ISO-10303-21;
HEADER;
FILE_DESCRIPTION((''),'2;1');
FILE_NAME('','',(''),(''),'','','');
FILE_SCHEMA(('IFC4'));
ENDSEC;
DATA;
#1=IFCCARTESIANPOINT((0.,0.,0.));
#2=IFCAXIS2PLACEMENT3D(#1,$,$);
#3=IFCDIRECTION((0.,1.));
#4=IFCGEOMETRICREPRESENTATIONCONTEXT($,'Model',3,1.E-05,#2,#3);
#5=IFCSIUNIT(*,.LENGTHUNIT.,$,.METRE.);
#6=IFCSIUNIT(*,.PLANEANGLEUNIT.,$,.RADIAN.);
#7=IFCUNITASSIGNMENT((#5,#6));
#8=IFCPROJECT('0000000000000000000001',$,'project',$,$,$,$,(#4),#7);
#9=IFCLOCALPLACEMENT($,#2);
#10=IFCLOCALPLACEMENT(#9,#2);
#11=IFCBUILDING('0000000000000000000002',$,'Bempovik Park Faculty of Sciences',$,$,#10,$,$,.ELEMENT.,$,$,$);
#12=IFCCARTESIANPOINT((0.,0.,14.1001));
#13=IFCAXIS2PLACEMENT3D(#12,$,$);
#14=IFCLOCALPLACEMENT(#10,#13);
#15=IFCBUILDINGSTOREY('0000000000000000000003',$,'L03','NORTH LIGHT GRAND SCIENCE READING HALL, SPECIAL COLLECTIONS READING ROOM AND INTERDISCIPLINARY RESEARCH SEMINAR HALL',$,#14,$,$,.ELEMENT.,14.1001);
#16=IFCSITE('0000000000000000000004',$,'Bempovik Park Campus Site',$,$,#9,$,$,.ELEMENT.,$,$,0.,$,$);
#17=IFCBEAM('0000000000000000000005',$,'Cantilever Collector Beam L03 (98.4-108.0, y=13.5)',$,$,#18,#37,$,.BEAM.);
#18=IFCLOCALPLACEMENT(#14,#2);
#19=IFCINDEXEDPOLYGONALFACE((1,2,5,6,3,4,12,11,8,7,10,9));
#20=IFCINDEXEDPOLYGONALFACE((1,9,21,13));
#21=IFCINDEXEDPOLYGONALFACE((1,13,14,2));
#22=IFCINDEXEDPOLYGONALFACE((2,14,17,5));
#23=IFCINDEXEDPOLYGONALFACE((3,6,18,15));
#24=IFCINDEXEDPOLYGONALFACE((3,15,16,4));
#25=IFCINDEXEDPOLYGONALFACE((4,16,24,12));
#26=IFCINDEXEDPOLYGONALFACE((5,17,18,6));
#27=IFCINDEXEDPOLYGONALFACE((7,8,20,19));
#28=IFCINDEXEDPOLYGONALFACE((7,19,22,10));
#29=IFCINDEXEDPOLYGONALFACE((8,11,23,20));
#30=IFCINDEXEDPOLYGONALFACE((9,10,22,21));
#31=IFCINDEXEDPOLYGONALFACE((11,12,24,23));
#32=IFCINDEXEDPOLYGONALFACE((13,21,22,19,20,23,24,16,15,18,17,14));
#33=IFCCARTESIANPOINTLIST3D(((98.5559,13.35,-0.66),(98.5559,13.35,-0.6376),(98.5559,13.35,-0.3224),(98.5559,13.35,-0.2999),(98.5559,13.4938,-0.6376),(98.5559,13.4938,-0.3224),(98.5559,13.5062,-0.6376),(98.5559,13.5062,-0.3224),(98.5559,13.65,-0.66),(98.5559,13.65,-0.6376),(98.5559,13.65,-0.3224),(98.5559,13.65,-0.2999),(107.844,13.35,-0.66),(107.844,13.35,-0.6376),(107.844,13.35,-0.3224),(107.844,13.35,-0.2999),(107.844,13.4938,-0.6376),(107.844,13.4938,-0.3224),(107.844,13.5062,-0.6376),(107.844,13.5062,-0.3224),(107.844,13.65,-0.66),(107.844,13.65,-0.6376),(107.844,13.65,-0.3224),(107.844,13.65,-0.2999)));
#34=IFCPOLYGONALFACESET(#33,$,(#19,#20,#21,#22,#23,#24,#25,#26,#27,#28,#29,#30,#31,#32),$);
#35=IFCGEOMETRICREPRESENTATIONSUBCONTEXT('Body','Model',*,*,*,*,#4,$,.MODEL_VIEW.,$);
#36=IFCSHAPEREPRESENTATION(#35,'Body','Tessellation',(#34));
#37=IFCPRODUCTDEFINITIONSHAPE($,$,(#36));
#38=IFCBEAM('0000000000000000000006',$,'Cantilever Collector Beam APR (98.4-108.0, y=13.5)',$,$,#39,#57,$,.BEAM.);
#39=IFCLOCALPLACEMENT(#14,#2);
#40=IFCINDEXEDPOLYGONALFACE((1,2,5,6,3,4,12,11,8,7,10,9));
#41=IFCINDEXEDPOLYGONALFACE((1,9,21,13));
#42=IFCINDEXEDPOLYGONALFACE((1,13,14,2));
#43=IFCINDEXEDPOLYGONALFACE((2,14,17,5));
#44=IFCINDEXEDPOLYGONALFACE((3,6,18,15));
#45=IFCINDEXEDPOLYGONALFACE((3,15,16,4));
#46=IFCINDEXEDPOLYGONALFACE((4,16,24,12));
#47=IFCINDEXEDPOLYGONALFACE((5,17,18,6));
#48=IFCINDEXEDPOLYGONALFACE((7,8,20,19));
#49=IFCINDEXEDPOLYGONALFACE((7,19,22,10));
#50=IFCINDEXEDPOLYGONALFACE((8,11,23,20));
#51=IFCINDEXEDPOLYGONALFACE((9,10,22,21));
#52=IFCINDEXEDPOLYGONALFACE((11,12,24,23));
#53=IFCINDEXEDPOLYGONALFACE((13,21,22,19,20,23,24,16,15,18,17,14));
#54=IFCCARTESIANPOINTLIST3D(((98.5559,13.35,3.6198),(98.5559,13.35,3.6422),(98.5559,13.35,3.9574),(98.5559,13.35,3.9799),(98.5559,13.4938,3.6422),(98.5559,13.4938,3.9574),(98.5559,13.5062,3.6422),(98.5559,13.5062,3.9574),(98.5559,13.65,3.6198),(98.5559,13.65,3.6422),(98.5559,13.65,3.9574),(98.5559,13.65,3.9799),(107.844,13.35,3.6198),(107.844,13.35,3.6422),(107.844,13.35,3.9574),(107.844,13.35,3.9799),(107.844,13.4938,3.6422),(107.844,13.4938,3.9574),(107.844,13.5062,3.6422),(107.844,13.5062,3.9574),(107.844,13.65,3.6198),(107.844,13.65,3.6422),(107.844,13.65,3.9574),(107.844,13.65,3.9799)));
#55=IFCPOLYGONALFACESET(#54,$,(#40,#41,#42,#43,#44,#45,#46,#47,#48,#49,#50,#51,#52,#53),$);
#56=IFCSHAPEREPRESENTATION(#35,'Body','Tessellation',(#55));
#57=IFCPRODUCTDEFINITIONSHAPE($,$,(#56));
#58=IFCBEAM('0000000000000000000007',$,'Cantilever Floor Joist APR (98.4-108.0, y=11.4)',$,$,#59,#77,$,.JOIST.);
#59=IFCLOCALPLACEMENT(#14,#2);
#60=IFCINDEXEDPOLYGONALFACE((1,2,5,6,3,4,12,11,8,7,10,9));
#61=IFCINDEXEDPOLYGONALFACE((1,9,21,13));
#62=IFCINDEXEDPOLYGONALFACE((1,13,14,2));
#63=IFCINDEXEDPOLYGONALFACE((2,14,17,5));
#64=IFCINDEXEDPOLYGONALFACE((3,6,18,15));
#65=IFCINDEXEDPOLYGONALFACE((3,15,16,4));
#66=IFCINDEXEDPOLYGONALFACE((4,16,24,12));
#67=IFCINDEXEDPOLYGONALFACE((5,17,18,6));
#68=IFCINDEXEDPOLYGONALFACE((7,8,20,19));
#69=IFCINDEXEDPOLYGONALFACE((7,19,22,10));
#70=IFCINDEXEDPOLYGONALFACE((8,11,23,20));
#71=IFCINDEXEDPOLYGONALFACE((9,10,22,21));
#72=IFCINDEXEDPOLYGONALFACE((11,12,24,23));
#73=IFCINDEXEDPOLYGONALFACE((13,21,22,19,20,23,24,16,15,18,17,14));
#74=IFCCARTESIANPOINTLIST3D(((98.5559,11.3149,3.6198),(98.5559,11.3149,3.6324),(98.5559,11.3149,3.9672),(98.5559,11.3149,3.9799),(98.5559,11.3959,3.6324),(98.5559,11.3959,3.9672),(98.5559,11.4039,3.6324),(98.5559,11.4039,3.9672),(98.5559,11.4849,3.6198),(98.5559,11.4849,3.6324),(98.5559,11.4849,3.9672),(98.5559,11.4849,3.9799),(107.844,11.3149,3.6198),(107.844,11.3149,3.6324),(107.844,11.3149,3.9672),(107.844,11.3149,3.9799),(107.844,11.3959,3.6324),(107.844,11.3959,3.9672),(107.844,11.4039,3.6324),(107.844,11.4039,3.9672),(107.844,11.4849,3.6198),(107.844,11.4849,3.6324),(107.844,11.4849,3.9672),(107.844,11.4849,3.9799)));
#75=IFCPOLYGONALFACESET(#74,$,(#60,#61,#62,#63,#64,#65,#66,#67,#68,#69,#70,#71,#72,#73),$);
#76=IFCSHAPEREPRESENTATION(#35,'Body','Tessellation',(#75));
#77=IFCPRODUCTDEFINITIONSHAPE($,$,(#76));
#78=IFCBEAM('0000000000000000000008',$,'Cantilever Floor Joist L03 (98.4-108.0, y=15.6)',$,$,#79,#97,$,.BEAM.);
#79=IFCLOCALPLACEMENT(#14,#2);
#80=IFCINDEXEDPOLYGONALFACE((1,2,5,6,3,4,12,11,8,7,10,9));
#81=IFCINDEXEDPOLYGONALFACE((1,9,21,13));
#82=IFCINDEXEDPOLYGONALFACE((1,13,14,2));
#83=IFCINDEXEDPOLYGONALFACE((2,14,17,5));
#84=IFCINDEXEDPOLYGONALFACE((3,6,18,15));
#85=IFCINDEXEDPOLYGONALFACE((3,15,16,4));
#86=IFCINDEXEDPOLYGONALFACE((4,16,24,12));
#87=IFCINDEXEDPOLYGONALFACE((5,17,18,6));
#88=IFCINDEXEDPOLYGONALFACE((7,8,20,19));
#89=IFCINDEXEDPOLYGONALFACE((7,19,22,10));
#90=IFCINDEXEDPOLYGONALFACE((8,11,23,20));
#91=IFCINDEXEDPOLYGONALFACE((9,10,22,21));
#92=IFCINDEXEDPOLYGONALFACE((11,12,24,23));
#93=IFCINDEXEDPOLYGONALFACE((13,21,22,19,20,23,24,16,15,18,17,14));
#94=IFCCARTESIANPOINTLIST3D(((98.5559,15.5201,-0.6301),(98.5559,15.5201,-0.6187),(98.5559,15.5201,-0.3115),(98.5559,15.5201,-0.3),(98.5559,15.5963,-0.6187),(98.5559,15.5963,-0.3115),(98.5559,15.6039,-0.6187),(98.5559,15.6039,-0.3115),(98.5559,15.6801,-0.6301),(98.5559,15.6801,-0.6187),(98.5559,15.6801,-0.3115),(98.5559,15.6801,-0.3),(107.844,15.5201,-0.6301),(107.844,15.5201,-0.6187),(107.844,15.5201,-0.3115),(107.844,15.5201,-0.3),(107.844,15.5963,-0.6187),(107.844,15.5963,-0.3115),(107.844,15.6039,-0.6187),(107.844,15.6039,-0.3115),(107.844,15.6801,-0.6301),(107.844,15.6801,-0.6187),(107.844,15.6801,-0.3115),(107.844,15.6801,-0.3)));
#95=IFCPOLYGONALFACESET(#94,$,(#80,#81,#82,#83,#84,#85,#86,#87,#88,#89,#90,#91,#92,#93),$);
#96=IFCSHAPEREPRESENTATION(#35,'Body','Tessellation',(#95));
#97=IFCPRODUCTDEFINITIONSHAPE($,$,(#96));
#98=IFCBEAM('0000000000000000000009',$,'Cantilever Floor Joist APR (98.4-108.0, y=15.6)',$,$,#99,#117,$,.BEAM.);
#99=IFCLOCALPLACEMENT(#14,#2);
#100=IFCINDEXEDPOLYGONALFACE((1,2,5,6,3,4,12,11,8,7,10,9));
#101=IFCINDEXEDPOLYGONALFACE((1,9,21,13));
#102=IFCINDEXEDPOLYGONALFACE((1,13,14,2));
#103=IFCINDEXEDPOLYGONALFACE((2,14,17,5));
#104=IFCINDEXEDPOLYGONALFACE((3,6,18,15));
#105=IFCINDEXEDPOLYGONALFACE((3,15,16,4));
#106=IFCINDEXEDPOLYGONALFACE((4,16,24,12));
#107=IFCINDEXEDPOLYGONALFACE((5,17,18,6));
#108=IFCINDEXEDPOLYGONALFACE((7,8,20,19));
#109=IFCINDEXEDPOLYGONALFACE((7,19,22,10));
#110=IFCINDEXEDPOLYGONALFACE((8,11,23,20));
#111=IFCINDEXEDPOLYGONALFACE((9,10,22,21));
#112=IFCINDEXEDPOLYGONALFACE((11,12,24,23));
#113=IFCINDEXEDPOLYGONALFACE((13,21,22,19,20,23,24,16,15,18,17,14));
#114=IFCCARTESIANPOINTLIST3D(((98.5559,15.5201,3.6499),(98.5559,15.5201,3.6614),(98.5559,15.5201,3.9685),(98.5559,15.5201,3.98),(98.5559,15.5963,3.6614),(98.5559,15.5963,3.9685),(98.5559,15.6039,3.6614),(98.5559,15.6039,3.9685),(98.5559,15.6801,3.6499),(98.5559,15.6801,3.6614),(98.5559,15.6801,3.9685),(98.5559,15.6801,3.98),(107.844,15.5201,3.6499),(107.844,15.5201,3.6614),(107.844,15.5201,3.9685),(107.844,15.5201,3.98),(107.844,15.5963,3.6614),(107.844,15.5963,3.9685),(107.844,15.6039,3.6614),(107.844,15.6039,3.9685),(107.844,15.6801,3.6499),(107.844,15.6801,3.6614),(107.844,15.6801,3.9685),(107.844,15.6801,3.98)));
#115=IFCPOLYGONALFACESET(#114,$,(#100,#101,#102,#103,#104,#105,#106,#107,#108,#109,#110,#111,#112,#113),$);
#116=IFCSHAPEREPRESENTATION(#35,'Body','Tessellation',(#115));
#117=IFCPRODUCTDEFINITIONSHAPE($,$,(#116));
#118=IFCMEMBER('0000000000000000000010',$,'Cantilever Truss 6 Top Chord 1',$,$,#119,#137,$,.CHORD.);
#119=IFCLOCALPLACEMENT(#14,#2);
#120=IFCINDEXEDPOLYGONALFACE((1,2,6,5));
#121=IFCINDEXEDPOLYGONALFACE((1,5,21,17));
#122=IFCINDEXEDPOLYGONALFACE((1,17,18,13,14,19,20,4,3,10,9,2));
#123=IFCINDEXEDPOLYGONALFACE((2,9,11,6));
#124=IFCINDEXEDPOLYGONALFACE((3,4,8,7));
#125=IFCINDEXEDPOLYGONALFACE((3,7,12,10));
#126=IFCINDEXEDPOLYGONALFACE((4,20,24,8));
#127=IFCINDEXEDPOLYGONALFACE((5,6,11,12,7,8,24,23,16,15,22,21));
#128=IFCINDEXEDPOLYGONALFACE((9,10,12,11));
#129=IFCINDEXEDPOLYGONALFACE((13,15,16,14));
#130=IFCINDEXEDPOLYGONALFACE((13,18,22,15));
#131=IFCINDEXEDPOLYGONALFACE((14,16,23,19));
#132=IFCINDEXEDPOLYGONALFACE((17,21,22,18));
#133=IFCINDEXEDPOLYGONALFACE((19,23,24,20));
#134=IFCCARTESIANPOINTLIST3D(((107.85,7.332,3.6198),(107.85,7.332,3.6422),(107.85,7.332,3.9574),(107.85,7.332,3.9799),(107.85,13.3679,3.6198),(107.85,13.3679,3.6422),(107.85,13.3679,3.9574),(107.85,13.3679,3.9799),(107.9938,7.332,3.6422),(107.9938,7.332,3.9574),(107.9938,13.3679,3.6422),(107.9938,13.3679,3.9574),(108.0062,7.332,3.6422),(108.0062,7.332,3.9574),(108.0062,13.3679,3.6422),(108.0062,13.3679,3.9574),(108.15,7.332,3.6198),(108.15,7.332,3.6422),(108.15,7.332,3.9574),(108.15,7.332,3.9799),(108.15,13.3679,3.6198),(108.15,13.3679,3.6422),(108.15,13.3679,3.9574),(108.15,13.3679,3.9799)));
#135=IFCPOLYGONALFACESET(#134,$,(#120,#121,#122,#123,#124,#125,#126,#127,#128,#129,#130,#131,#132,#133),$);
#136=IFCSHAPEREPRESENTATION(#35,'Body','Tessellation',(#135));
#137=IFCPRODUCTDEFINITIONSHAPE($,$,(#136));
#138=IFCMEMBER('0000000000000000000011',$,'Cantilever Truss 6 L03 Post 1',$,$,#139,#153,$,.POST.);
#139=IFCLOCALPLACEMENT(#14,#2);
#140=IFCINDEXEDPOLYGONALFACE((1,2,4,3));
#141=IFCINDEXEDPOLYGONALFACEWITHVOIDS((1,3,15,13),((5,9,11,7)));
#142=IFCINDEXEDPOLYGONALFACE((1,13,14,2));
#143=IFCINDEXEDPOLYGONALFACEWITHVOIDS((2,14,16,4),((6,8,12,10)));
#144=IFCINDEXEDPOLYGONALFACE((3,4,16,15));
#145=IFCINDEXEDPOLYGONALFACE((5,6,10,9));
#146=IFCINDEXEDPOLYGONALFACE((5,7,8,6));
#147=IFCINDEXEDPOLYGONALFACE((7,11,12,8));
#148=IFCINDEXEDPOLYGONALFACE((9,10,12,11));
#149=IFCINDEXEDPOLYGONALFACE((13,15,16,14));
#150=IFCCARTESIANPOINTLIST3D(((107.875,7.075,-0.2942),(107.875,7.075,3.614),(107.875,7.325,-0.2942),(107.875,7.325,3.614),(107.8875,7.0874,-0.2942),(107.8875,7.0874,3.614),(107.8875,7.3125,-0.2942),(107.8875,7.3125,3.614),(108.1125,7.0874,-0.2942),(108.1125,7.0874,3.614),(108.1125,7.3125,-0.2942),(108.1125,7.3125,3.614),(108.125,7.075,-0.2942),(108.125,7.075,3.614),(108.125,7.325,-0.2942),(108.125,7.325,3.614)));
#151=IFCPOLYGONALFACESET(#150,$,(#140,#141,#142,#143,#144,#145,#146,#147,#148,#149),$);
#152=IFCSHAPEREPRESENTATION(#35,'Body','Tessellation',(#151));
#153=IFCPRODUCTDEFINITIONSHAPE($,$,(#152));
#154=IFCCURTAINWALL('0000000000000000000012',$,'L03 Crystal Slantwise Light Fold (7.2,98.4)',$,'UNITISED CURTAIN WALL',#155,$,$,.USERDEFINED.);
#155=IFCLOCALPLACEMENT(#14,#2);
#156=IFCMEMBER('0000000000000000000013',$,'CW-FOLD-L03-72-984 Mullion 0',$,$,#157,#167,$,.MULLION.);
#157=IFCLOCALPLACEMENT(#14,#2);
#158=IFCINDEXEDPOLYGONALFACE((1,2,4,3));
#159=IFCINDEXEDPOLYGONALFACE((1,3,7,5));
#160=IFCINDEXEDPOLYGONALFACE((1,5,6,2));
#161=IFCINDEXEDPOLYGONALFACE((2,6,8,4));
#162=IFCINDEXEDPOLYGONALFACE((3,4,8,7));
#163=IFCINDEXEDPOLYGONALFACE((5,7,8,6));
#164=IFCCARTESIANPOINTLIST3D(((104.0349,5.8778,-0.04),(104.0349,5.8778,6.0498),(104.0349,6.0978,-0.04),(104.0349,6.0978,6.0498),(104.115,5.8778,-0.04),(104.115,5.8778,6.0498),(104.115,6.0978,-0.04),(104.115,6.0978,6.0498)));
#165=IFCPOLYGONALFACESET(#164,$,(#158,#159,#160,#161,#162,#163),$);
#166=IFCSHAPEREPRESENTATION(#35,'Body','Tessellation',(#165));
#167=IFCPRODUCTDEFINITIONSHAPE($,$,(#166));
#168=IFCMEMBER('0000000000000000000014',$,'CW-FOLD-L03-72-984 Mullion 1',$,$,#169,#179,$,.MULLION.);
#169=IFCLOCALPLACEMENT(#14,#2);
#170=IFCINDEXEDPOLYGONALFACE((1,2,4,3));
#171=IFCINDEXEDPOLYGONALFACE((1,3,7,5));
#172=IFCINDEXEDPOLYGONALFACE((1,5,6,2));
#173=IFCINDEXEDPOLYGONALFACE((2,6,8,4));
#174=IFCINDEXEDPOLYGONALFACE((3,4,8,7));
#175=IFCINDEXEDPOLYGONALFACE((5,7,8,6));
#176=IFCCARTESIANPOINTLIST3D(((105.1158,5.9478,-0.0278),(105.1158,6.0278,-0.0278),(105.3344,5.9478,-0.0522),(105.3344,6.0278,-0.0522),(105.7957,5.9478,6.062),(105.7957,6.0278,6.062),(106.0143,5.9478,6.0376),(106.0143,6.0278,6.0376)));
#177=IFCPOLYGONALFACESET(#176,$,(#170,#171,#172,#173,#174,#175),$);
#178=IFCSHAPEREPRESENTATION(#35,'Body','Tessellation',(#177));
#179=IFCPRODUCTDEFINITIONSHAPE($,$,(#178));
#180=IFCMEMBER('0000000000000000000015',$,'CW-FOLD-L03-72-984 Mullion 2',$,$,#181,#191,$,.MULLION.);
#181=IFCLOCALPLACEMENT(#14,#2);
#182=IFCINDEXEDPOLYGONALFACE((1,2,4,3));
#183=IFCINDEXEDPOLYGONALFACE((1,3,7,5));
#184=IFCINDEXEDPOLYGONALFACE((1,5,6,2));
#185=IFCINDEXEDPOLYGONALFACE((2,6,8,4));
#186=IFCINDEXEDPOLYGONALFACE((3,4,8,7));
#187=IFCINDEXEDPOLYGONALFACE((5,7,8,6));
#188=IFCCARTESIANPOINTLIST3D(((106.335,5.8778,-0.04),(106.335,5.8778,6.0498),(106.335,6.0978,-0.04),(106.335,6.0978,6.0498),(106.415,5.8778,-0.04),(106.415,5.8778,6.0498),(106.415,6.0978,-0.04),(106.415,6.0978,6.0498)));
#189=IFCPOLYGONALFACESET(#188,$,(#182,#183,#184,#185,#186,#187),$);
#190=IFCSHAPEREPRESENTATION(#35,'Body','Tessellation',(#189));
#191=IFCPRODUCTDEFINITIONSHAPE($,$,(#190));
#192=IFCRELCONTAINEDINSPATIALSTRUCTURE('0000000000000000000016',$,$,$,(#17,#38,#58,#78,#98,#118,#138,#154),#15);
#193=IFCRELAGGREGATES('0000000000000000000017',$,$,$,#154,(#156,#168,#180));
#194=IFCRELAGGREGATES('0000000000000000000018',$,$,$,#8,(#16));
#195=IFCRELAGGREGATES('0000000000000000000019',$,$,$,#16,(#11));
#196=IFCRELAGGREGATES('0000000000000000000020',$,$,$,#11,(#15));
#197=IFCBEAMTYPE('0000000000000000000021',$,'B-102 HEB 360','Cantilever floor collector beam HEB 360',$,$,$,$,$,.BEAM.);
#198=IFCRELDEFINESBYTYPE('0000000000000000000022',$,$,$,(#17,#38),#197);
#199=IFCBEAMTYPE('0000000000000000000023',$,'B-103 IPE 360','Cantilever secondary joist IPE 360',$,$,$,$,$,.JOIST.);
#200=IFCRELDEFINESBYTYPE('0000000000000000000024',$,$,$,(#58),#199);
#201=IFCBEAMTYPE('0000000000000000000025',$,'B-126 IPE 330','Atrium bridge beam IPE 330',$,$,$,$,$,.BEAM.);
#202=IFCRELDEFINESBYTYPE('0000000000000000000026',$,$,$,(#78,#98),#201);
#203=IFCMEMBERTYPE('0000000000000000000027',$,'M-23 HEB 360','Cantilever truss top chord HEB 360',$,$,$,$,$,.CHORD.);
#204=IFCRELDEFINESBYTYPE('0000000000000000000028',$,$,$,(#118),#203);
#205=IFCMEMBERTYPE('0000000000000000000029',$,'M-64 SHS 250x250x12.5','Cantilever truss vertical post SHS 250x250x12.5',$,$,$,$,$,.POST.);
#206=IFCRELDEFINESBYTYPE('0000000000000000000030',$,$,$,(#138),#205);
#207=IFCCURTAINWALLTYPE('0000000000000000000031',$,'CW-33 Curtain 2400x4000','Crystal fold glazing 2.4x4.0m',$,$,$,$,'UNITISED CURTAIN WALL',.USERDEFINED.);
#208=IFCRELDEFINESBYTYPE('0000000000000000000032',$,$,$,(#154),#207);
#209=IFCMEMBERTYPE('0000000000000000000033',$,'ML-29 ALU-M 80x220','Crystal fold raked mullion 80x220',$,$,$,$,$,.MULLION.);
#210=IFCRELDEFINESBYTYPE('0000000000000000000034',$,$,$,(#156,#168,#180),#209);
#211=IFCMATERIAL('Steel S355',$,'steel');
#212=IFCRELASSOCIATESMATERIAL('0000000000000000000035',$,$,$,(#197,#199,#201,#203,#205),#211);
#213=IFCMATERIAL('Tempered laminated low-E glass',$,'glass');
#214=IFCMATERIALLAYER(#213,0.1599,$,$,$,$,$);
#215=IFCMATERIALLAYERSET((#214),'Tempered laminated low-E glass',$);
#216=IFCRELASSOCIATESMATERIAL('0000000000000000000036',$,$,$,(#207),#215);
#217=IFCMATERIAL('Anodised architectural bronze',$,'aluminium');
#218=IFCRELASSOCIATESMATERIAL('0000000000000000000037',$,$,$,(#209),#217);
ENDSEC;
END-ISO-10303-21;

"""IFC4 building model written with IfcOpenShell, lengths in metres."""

from ifc_helpers import new_model, si_unit, direction, frame, origin, origin_2d, place, context, subcontext, project, spatial, rectangle, hollow_rectangle, i_section, extrude, material, layer, layer_set, material_profile, profile_set, type_object, element, aggregate, save


model = new_model("IFC4")

# Units and contexts
model_context = context("Model", 3, precision=1e-05, world=origin(), true_north=direction((0.0, 1.0)))
body_context = subcontext(model_context, "Body", "Model", "MODEL_VIEW")
ifc_project = project(units=[si_unit("LENGTHUNIT", "METRE"), si_unit("PLANEANGLEUNIT", "RADIAN")], contexts=[model_context])

# Site, building, storey
site_placement = place(None, origin())
site = spatial("IfcSite", under=ifc_project, at=site_placement, Name="Bempovik Park Campus Site", CompositionType="ELEMENT", RefElevation=0.0)
building_placement = place(site_placement, origin())
building = spatial("IfcBuilding", under=site, at=building_placement, Name="Bempovik Park Faculty of Sciences", CompositionType="ELEMENT")
storey_placement = place(building_placement, frame((0.0, 0.0, 14.1001)))
storey = spatial("IfcBuildingStorey", under=building, at=storey_placement, Name="L03", Description="NORTH LIGHT GRAND SCIENCE READING HALL, SPECIAL COLLECTIONS READING ROOM AND INTERDISCIPLINARY RESEARCH SEMINAR HALL", CompositionType="ELEMENT", Elevation=14.1001)

# Beams
ifc_material_1 = material(Name="Steel S355", Category="steel")
ifc_material_profile_1 = material_profile(ifc_material_1, i_section(OverallWidth=0.3, OverallDepth=0.3601, WebThickness=0.0125, FlangeThickness=0.0225, at=origin_2d()), Name="HEB 360")
ifc_profile_set_1 = profile_set([ifc_material_profile_1], Name="Steel S355")
beam_type_1 = type_object("IfcBeamType", Name="B-102 HEB 360", Description="Cantilever floor collector beam HEB 360", PredefinedType="BEAM", material=ifc_profile_set_1)
for number, where, z_axis, x_axis, name in (
    (1, (98.5559, 13.5, -0.48), (1.0, 0.0, 0.0), (0.0, 1.0, 0.0), "Cantilever Collector Beam L03 (98.4-108.0, y=13.5)"),
    (2, (98.5559, 13.5, 3.7998), (1.0, 0.0, 0.0), (0.0, 1.0, 0.0), "Cantilever Collector Beam APR (98.4-108.0, y=13.5)"),
):
    element("IfcBeam", number, at=place(storey_placement, frame(where, z_axis=z_axis, x_axis=x_axis)), inside=storey, type_object=beam_type_1, Name=name, PredefinedType="BEAM", context=body_context, shape_type="SweptSolid", body=[
        extrude(i_section(OverallWidth=0.3, OverallDepth=0.3601, WebThickness=0.0125, FlangeThickness=0.0225, at=origin_2d()), origin(), (0.0, 0.0, 1.0), 9.2881),
    ])
ifc_material_profile_2 = material_profile(ifc_material_1, i_section(OverallWidth=0.1699, OverallDepth=0.3601, WebThickness=0.0081, FlangeThickness=0.0127, at=origin_2d()), Name="IPE 360")
ifc_profile_set_2 = profile_set([ifc_material_profile_2], Name="Steel S355")
beam_type_2 = type_object("IfcBeamType", Name="B-103 IPE 360", Description="Cantilever secondary joist IPE 360", PredefinedType="JOIST", material=ifc_profile_set_2)
beam_placement = place(storey_placement, frame((98.5559, 11.3999, 3.7998), z_axis=(1.0, 0.0, 0.0), x_axis=(0.0, 1.0, 0.0)))
element("IfcBeam", 3, at=beam_placement, inside=storey, type_object=beam_type_2, Name="Cantilever Floor Joist APR (98.4-108.0, y=11.4)", PredefinedType="JOIST", context=body_context, shape_type="SweptSolid", body=[
    extrude(i_section(OverallWidth=0.1699, OverallDepth=0.3601, WebThickness=0.0081, FlangeThickness=0.0127, at=origin_2d()), origin(), (0.0, 0.0, 1.0), 9.2881),
])
ifc_material_profile_3 = material_profile(ifc_material_1, i_section(OverallWidth=0.1599, OverallDepth=0.3301, WebThickness=0.0076, FlangeThickness=0.0115, at=origin_2d()), Name="IPE 330")
ifc_profile_set_3 = profile_set([ifc_material_profile_3], Name="Steel S355")
beam_type_3 = type_object("IfcBeamType", Name="B-126 IPE 330", Description="Atrium bridge beam IPE 330", PredefinedType="BEAM", material=ifc_profile_set_3)
for number, where, z_axis, x_axis, name in (
    (4, (98.5559, 15.6001, -0.4651), (1.0, 0.0, 0.0), (0.0, 1.0, 0.0), "Cantilever Floor Joist L03 (98.4-108.0, y=15.6)"),
    (5, (98.5559, 15.6001, 3.8149), (1.0, 0.0, 0.0), (0.0, 1.0, 0.0), "Cantilever Floor Joist APR (98.4-108.0, y=15.6)"),
):
    element("IfcBeam", number, at=place(storey_placement, frame(where, z_axis=z_axis, x_axis=x_axis)), inside=storey, type_object=beam_type_3, Name=name, PredefinedType="BEAM", context=body_context, shape_type="SweptSolid", body=[
        extrude(i_section(OverallWidth=0.1599, OverallDepth=0.3301, WebThickness=0.0076, FlangeThickness=0.0115, at=origin_2d()), origin(), (0.0, 0.0, 1.0), 9.2881),
    ])

# Members
ifc_material_profile_4 = material_profile(ifc_material_1, i_section(OverallWidth=0.3, OverallDepth=0.3601, WebThickness=0.0125, FlangeThickness=0.0225, at=origin_2d()), Name="HEB 360")
ifc_profile_set_4 = profile_set([ifc_material_profile_4], Name="Steel S355")
member_type_1 = type_object("IfcMemberType", Name="M-23 HEB 360", Description="Cantilever truss top chord HEB 360", PredefinedType="CHORD", material=ifc_profile_set_4)
member_1_placement = place(storey_placement, frame((108.0, 7.332, 3.7998), z_axis=(0.0, 1.0, 0.0), x_axis=(-1.0, 0.0, 0.0)))
element("IfcMember", 6, at=member_1_placement, inside=storey, type_object=member_type_1, Name="Cantilever Truss 6 Top Chord 1", PredefinedType="CHORD", context=body_context, shape_type="SweptSolid", body=[
    extrude(i_section(OverallWidth=0.3, OverallDepth=0.3601, WebThickness=0.0125, FlangeThickness=0.0225, at=origin_2d()), origin(), (0.0, 0.0, 1.0), 6.0359),
])
ifc_material_profile_5 = material_profile(ifc_material_1, hollow_rectangle(XDim=0.25, YDim=0.25, WallThickness=0.0125, at=origin_2d()), Name="SHS 250x250x12.5")
ifc_profile_set_5 = profile_set([ifc_material_profile_5], Name="Steel S355")
member_type_2 = type_object("IfcMemberType", Name="M-64 SHS 250x250x12.5", Description="Cantilever truss vertical post SHS 250x250x12.5", PredefinedType="POST", material=ifc_profile_set_5)
member_2_placement = place(storey_placement, frame((108.0, 7.2, -0.2942), z_axis=(0.0, 0.0, 1.0), x_axis=(1.0, 0.0, 0.0)))
element("IfcMember", 7, at=member_2_placement, inside=storey, type_object=member_type_2, Name="Cantilever Truss 6 L03 Post 1", PredefinedType="POST", context=body_context, shape_type="SweptSolid", body=[
    extrude(hollow_rectangle(XDim=0.25, YDim=0.25, WallThickness=0.0125, at=origin_2d()), origin(), (0.0, 0.0, 1.0), 3.9082),
])

# Curtain wall, members
ifc_material_2 = material(Name="Tempered laminated low-E glass", Category="glass")
ifc_layer_1 = layer(ifc_material_2, 0.1599)
ifc_layer_set_1 = layer_set([ifc_layer_1], Name="Tempered laminated low-E glass")
curtain_wall_type = type_object("IfcCurtainWallType", Name="CW-33 Curtain 2400x4000", Description="Crystal fold glazing 2.4x4.0m", ElementType="UNITISED CURTAIN WALL", PredefinedType="USERDEFINED", material=ifc_layer_set_1)
curtain_wall_placement = place(storey_placement, origin())
curtain_wall = element("IfcCurtainWall", 8, at=curtain_wall_placement, inside=storey, type_object=curtain_wall_type, Name="L03 Crystal Slantwise Light Fold (7.2,98.4)", ObjectType="UNITISED CURTAIN WALL", PredefinedType="USERDEFINED")
ifc_material_3 = material(Name="Anodised architectural bronze", Category="aluminium")
ifc_material_profile_6 = material_profile(ifc_material_3, rectangle(XDim=0.0801, YDim=0.22, at=origin_2d()), Name="ALU-M 80x220")
ifc_profile_set_6 = profile_set([ifc_material_profile_6], Name="Anodised architectural bronze")
member_type_3 = type_object("IfcMemberType", Name="ML-29 ALU-M 80x220", Description="Crystal fold raked mullion 80x220", PredefinedType="MULLION", material=ifc_profile_set_6)
member_3_placement = place(storey_placement, frame((104.075, 5.9878, -0.04), z_axis=(0.0, 0.0, 1.0), x_axis=(1.0, 0.0, 0.0)))
member_3 = element("IfcMember", 9, at=member_3_placement, type_object=member_type_3, Name="CW-FOLD-L03-72-984 Mullion 0", PredefinedType="MULLION", context=body_context, shape_type="SweptSolid", body=[
    extrude(rectangle(XDim=0.0801, YDim=0.22, at=origin_2d()), origin(), (0.0, 0.0, 1.0), 6.0898),
])
member_4_placement = place(storey_placement, frame((105.2251, 5.9878, -0.04), z_axis=(0.110961, 0.0, 0.993825), x_axis=(0.0, 1.0, 0.0)))
member_4 = element("IfcMember", 10, at=member_4_placement, type_object=member_type_3, Name="CW-FOLD-L03-72-984 Mullion 1", PredefinedType="MULLION", context=body_context, shape_type="SweptSolid", body=[
    extrude(rectangle(XDim=0.0801, YDim=0.22, at=origin_2d()), origin(), (0.0, 0.0, 1.0), 6.1277),
])
member_5_placement = place(storey_placement, frame((106.375, 5.9878, -0.04), z_axis=(0.0, 0.0, 1.0), x_axis=(1.0, 0.0, 0.0)))
member_5 = element("IfcMember", 11, at=member_5_placement, type_object=member_type_3, Name="CW-FOLD-L03-72-984 Mullion 2", PredefinedType="MULLION", context=body_context, shape_type="SweptSolid", body=[
    extrude(rectangle(XDim=0.0801, YDim=0.22, at=origin_2d()), origin(), (0.0, 0.0, 1.0), 6.0898),
])
aggregate(curtain_wall, [member_3, member_4, member_5])

save(model, "model.ifc")
